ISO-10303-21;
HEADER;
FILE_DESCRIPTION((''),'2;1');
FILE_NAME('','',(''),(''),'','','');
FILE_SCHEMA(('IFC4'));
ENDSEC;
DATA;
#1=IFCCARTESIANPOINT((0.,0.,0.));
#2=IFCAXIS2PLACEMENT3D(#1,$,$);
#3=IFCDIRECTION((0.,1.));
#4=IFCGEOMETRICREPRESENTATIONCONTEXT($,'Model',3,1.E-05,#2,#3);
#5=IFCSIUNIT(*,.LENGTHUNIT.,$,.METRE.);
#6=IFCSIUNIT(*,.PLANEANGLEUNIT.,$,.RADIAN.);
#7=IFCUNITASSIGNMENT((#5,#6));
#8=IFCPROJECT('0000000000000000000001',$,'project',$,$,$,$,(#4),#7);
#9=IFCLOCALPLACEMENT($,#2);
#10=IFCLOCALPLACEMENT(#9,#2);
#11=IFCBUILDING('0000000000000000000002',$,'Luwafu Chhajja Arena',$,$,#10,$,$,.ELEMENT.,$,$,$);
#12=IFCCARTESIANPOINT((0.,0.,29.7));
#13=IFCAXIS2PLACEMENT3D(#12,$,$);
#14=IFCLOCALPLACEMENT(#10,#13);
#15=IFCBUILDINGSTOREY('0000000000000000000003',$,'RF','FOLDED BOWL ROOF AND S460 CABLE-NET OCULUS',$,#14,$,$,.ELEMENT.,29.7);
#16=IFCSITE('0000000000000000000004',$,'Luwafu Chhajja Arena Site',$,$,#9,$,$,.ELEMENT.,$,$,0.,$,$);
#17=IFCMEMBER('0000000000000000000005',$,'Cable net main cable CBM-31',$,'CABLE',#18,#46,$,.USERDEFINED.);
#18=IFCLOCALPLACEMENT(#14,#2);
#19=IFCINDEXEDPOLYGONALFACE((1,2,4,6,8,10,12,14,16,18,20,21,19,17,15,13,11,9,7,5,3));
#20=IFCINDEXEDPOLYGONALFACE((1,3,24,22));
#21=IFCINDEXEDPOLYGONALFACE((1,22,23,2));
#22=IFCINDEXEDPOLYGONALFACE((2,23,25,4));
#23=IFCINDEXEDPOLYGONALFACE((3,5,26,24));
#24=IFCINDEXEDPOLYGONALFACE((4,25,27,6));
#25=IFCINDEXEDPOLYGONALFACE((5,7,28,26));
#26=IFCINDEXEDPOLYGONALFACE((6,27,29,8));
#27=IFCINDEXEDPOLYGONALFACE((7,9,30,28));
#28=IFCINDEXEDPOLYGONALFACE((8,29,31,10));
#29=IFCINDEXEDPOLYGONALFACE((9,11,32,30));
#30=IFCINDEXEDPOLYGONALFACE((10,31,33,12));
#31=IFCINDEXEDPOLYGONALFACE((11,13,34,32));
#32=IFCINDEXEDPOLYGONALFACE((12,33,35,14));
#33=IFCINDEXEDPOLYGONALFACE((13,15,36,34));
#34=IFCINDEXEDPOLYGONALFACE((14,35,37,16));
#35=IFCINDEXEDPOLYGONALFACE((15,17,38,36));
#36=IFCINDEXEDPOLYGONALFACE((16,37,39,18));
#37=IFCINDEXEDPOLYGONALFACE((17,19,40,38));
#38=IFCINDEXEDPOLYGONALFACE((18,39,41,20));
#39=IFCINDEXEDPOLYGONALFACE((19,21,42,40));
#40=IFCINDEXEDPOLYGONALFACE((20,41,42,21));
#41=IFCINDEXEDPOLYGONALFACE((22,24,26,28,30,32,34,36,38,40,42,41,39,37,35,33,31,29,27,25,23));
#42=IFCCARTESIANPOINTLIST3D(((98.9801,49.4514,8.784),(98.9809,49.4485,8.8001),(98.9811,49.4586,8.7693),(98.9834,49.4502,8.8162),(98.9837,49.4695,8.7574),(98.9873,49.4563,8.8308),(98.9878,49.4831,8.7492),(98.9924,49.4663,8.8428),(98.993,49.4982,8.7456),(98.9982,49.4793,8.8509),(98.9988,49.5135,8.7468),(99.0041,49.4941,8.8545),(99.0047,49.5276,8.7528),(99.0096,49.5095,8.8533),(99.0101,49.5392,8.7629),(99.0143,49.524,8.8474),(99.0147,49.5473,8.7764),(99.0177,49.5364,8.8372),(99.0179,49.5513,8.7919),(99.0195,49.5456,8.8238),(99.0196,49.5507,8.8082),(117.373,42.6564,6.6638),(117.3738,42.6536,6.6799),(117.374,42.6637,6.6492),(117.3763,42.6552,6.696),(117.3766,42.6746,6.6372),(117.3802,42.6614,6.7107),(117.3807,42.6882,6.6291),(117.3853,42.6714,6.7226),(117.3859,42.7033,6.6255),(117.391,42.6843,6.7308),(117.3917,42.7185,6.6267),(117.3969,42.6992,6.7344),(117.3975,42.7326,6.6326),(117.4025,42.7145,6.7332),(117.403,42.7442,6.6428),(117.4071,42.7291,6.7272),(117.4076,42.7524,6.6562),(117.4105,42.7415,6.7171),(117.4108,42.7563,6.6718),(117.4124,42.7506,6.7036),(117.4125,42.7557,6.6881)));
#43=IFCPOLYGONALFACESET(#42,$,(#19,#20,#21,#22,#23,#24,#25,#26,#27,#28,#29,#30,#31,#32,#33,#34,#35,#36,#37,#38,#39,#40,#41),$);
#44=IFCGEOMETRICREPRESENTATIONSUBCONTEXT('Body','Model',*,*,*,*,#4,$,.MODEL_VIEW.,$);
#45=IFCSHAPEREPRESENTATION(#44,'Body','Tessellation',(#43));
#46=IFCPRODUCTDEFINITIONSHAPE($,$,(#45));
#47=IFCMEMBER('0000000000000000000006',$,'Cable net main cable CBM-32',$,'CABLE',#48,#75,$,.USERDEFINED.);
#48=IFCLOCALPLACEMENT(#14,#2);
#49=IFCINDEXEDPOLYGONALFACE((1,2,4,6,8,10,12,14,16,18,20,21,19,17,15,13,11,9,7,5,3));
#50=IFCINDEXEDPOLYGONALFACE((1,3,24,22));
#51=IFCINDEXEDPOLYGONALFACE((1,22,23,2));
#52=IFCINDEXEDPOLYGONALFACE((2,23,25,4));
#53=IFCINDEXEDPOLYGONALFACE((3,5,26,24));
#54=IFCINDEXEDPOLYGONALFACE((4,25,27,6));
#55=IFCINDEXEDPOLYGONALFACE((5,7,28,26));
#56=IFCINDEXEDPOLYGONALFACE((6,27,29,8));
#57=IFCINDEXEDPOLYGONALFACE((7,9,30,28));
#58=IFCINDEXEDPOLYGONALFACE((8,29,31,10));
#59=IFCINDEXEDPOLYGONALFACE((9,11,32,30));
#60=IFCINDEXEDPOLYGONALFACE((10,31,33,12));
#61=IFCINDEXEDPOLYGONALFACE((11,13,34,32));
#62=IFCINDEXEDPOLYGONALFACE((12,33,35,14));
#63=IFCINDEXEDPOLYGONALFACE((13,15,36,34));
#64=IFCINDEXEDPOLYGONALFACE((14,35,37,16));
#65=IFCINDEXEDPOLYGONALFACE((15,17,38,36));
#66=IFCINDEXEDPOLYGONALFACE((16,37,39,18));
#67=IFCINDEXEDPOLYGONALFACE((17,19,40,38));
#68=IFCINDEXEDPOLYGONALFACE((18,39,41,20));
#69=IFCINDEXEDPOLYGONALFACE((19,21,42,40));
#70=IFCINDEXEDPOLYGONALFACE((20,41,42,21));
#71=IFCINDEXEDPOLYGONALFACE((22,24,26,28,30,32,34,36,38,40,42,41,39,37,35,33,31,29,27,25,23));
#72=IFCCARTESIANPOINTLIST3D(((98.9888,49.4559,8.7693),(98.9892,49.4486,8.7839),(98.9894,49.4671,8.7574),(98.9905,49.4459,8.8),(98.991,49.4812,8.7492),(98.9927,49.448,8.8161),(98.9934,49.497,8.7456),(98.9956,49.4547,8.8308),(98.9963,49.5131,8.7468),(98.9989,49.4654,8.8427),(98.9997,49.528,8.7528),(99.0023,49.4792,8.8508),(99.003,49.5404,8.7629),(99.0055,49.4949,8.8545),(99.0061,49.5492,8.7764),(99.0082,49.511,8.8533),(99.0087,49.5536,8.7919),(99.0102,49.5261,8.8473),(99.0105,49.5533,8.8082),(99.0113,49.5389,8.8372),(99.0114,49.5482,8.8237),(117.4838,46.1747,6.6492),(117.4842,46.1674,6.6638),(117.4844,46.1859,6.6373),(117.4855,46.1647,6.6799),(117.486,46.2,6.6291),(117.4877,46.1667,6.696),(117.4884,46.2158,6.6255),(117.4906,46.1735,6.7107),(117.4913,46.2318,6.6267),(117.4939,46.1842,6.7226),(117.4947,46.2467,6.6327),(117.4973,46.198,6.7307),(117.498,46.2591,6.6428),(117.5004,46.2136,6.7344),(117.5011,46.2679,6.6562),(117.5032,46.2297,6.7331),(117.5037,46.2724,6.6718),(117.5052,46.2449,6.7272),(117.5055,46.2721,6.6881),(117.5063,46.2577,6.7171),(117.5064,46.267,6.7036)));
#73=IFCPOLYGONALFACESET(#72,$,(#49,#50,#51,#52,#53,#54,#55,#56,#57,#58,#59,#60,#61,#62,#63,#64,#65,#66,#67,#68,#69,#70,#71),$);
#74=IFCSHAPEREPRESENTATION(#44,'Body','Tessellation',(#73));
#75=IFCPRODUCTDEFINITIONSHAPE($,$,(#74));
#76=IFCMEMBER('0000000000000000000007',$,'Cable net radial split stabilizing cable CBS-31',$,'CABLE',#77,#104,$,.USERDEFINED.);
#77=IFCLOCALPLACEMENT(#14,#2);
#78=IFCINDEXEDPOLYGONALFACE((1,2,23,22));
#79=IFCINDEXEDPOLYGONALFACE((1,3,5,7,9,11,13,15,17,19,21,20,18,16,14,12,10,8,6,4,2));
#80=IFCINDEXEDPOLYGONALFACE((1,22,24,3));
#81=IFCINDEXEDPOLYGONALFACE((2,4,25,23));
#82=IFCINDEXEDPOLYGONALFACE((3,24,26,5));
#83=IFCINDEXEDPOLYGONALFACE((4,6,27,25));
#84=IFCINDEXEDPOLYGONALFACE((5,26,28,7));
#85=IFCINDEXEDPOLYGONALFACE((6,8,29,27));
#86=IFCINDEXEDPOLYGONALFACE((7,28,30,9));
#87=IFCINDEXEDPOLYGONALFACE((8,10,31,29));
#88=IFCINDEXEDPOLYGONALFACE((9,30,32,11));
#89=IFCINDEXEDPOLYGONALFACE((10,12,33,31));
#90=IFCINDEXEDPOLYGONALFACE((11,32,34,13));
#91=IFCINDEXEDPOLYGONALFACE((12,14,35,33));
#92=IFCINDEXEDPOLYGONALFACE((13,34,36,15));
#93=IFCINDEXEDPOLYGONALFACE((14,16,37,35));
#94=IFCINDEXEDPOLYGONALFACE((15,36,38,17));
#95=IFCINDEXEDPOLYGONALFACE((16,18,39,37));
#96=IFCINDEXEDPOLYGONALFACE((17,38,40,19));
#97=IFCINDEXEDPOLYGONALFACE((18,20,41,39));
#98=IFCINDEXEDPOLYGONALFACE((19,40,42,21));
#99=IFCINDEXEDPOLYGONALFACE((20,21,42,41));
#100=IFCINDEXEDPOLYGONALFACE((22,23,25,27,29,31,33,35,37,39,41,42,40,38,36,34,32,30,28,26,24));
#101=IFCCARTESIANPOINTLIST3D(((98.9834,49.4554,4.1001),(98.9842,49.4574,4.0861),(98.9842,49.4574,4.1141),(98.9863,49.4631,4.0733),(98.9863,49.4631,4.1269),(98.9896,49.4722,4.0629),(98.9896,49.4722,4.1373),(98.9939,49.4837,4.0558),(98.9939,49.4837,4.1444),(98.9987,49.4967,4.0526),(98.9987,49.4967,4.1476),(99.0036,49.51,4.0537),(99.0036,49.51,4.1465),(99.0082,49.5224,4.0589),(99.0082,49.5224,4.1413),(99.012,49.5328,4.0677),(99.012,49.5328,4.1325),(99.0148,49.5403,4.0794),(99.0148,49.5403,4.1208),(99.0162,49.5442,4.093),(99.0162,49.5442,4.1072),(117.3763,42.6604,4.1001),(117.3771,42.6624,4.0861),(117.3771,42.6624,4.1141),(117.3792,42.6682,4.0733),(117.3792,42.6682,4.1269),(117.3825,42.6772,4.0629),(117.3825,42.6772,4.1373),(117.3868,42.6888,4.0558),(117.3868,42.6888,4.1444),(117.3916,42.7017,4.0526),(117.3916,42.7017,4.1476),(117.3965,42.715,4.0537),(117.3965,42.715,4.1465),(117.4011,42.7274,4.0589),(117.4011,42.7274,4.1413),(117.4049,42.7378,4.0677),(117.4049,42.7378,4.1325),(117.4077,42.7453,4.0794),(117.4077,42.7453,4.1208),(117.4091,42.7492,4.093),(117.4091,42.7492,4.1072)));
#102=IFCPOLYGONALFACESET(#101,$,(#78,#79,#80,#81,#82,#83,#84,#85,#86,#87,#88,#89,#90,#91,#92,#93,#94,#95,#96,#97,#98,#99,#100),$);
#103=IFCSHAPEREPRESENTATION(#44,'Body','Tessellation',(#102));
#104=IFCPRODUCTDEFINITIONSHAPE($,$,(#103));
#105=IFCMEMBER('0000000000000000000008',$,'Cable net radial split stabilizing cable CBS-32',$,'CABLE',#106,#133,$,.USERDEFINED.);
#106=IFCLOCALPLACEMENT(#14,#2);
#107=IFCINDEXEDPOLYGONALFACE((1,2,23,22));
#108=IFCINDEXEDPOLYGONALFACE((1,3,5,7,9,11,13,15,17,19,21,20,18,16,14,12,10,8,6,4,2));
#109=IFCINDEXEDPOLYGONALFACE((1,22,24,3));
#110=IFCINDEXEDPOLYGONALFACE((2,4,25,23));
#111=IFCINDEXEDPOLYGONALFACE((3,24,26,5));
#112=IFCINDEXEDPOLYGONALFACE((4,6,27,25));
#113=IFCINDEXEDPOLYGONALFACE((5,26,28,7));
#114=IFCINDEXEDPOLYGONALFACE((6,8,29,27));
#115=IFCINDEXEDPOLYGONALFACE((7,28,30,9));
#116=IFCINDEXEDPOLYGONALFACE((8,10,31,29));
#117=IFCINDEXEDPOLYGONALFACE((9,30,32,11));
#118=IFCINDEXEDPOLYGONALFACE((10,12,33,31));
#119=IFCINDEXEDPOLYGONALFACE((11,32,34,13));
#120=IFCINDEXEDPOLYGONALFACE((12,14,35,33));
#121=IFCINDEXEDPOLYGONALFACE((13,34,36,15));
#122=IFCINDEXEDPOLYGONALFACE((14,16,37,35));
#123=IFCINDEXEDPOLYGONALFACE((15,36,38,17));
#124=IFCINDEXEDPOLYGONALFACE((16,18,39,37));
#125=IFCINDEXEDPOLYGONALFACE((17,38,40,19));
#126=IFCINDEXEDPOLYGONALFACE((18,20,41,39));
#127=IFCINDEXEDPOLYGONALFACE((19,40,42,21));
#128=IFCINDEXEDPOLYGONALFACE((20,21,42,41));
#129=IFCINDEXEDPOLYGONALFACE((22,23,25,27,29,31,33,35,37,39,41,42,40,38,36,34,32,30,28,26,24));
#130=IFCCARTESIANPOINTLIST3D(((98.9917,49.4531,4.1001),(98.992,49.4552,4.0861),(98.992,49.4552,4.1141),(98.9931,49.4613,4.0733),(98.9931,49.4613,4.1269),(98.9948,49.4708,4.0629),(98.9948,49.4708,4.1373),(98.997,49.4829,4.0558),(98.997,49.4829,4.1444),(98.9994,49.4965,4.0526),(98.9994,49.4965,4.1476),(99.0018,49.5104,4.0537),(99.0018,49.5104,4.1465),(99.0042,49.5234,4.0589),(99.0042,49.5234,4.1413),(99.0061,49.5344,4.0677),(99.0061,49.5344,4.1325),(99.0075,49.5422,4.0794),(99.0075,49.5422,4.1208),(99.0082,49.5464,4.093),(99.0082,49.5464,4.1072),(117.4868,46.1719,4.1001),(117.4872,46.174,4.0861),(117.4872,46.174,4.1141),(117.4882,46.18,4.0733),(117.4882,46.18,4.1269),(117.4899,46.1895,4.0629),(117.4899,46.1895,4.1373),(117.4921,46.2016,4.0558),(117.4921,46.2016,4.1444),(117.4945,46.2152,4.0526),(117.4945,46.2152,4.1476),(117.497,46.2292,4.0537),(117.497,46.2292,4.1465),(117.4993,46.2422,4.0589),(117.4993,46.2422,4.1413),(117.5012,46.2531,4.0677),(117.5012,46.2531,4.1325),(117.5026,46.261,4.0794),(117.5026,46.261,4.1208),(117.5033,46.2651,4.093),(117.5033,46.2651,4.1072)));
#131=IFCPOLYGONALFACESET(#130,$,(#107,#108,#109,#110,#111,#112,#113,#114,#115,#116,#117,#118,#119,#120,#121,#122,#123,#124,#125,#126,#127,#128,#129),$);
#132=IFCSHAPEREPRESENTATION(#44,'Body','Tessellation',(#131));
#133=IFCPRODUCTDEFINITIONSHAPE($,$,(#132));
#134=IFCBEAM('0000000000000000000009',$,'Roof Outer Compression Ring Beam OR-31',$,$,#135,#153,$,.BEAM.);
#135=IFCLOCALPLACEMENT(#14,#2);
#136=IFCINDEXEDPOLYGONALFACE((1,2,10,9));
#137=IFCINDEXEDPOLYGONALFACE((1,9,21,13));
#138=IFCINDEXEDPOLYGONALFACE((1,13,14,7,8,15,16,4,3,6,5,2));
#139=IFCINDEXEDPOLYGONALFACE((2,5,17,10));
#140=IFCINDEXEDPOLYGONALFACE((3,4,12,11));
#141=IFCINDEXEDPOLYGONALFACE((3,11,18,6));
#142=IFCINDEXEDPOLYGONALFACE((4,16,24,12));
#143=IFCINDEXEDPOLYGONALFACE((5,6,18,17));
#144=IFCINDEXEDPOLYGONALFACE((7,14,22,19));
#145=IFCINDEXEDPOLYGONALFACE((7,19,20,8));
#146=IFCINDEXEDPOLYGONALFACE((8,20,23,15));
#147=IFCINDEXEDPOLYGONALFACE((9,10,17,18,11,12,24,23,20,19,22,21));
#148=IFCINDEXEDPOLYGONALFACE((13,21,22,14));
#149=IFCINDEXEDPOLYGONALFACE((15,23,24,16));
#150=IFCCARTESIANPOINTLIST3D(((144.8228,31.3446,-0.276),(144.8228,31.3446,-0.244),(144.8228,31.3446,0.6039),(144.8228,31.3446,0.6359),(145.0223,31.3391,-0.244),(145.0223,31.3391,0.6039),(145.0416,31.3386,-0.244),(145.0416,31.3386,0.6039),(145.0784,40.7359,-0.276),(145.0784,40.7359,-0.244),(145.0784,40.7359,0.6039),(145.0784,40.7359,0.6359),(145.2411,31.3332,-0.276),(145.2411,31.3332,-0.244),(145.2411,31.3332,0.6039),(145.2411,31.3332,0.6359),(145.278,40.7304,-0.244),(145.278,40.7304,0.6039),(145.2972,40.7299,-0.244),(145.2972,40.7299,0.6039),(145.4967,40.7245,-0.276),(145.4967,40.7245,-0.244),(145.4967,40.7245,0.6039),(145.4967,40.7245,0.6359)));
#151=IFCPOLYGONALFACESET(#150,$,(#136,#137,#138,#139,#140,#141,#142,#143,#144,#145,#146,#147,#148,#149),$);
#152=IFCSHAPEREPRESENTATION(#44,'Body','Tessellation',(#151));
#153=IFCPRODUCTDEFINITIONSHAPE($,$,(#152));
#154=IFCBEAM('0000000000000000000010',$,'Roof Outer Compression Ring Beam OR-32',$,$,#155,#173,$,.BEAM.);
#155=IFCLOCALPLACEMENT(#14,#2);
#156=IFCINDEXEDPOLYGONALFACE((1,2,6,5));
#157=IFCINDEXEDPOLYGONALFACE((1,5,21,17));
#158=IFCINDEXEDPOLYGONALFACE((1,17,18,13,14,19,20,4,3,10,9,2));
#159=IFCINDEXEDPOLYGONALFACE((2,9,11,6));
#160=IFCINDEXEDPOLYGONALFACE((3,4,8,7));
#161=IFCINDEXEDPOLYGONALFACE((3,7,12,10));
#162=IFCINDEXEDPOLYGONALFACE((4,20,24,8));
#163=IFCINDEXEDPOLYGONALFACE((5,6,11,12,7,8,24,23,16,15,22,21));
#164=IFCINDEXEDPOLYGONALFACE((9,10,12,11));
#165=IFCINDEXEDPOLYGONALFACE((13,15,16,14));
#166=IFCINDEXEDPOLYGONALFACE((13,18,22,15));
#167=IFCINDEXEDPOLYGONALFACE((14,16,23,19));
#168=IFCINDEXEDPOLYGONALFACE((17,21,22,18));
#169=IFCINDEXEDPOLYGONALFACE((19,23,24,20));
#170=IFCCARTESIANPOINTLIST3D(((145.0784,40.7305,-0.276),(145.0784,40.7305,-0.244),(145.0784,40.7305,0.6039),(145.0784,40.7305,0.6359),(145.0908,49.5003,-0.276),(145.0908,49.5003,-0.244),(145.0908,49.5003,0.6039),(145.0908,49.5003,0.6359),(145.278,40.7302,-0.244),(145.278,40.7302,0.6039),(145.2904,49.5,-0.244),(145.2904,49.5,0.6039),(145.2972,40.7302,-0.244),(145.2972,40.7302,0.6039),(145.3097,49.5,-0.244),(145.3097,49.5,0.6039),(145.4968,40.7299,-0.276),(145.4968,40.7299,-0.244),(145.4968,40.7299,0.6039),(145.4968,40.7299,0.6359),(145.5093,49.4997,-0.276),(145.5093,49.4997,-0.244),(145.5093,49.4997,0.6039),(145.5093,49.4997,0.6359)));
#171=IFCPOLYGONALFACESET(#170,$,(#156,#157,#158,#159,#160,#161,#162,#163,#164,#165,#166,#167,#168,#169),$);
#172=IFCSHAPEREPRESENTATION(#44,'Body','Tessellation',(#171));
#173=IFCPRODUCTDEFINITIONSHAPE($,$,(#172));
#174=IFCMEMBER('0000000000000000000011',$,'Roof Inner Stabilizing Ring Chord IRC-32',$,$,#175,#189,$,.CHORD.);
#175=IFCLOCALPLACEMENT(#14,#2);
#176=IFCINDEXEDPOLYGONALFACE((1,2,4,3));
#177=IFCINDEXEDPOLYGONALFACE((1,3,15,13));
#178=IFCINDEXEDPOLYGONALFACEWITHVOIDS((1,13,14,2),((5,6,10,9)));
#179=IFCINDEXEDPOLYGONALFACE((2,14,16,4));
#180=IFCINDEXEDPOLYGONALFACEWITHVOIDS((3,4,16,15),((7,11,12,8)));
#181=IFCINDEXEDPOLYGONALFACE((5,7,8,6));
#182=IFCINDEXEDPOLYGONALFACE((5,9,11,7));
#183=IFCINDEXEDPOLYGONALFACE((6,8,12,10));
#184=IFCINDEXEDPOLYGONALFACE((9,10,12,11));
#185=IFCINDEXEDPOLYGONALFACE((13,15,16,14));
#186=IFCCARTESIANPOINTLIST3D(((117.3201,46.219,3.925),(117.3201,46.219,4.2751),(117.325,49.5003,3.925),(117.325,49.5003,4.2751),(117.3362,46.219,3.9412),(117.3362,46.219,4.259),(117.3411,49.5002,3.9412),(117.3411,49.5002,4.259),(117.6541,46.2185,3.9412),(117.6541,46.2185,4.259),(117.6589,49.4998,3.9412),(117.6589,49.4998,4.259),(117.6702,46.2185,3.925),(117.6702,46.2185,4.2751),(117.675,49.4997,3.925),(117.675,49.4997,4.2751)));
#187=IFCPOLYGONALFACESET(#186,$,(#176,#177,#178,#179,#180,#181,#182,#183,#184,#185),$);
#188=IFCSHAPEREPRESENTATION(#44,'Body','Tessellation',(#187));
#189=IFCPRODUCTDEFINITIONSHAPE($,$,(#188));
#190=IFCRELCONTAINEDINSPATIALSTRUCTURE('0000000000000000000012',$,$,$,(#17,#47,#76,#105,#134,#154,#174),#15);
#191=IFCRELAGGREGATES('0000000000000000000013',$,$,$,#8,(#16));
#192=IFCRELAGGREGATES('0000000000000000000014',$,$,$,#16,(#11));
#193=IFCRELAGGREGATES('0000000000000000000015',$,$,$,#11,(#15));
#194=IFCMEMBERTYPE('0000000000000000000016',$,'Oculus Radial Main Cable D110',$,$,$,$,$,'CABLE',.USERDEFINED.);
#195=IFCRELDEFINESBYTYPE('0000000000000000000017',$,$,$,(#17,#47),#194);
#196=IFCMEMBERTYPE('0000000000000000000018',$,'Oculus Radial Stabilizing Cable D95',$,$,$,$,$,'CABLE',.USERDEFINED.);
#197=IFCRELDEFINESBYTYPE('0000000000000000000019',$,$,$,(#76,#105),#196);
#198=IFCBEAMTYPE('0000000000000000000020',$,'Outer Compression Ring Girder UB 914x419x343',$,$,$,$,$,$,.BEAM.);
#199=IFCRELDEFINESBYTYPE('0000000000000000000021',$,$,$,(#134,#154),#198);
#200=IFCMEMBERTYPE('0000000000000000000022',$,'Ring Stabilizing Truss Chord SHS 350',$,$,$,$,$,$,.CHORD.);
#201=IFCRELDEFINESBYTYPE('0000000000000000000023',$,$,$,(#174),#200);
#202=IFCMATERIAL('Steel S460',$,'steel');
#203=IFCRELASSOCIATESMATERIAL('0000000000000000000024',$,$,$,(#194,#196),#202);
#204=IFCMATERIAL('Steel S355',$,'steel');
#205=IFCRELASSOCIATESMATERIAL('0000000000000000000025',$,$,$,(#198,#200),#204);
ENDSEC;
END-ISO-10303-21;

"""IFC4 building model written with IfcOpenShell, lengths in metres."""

from ifc_helpers import new_model, si_unit, direction, frame, origin, origin_2d, place, context, subcontext, project, spatial, hollow_rectangle, circle, i_section, extrude, material, material_profile, profile_set, type_object, element, save


model = new_model("IFC4")

# Units and contexts
model_context = context("Model", 3, precision=1e-05, world=origin(), true_north=direction((0.0, 1.0)))
body_context = subcontext(model_context, "Body", "Model", "MODEL_VIEW")
ifc_project = project(units=[si_unit("LENGTHUNIT", "METRE"), si_unit("PLANEANGLEUNIT", "RADIAN")], contexts=[model_context])

# Site, building, storey
site_placement = place(None, origin())
site = spatial("IfcSite", under=ifc_project, at=site_placement, Name="Luwafu Chhajja Arena Site", CompositionType="ELEMENT", RefElevation=0.0)
building_placement = place(site_placement, origin())
building = spatial("IfcBuilding", under=site, at=building_placement, Name="Luwafu Chhajja Arena", CompositionType="ELEMENT")
storey_placement = place(building_placement, frame((0.0, 0.0, 29.7)))
storey = spatial("IfcBuildingStorey", under=building, at=storey_placement, Name="RF", Description="FOLDED BOWL ROOF AND S460 CABLE-NET OCULUS", CompositionType="ELEMENT", Elevation=29.7)

# Shared definitions
ifc_material_1 = material(Name="Steel S355", Category="steel")

# Members
ifc_material_2 = material(Name="Steel S460", Category="steel")
ifc_material_profile_1 = material_profile(ifc_material_2, circle(Radius=0.0549, at=origin_2d()), Name="CABLE D110")
ifc_profile_set_1 = profile_set([ifc_material_profile_1], Name="Steel S460")
member_type_1 = type_object("IfcMemberType", Name="Oculus Radial Main Cable D110", ElementType="CABLE", PredefinedType="USERDEFINED", material=ifc_profile_set_1)
member_1_placement = place(storey_placement, frame((117.3928, 42.7051, 6.6799), z_axis=(-0.932599, 0.344533, 0.107499), x_axis=(-0.346541, -0.938035, 0.0)))
element("IfcMember", 1, at=member_1_placement, inside=storey, type_object=member_type_1, Name="Cable net main cable CBM-31", ObjectType="CABLE", PredefinedType="USERDEFINED", context=body_context, shape_type="SweptSolid", body=[
    extrude(circle(Radius=0.0549, at=origin_2d()), origin(), (0.0, 0.0, 1.0), 19.7222),
])
member_2_placement = place(storey_placement, frame((117.4951, 46.2188, 6.6799), z_axis=(-0.978412, 0.173582, 0.112157), x_axis=(-0.174684, -0.984625, 0.0)))
element("IfcMember", 2, at=member_2_placement, inside=storey, type_object=member_type_1, Name="Cable net main cable CBM-32", ObjectType="CABLE", PredefinedType="USERDEFINED", context=body_context, shape_type="SweptSolid", body=[
    extrude(circle(Radius=0.0549, at=origin_2d()), origin(), (0.0, 0.0, 1.0), 18.9031),
])
ifc_material_profile_2 = material_profile(ifc_material_2, circle(Radius=0.0476, at=origin_2d()), Name="CABLE D95")
ifc_profile_set_2 = profile_set([ifc_material_profile_2], Name="Steel S460")
member_type_2 = type_object("IfcMemberType", Name="Oculus Radial Stabilizing Cable D95", ElementType="CABLE", PredefinedType="USERDEFINED", material=ifc_profile_set_2)
member_3_placement = place(storey_placement, frame((117.3928, 42.7051, 4.1001), z_axis=(-0.938035, 0.346541, 0.0), x_axis=(-0.346541, -0.938035, 0.0)))
element("IfcMember", 3, at=member_3_placement, inside=storey, type_object=member_type_2, Name="Cable net radial split stabilizing cable CBS-31", ObjectType="CABLE", PredefinedType="USERDEFINED", context=body_context, shape_type="SweptSolid", body=[
    extrude(circle(Radius=0.0476, at=origin_2d()), origin(), (0.0, 0.0, 1.0), 19.6079),
])
member_4_placement = place(storey_placement, frame((117.4951, 46.2188, 4.1001), z_axis=(-0.984625, 0.174684, 0.0), x_axis=(-0.174684, -0.984625, 0.0)))
element("IfcMember", 4, at=member_4_placement, inside=storey, type_object=member_type_2, Name="Cable net radial split stabilizing cable CBS-32", ObjectType="CABLE", PredefinedType="USERDEFINED", context=body_context, shape_type="SweptSolid", body=[
    extrude(circle(Radius=0.0476, at=origin_2d()), origin(), (0.0, 0.0, 1.0), 18.7839),
])

# Beams
ifc_material_profile_3 = material_profile(ifc_material_1, i_section(OverallWidth=0.4185, OverallDepth=0.9119, WebThickness=0.0193, FlangeThickness=0.032, at=origin_2d()), Name="UB 914x419x343")
ifc_profile_set_3 = profile_set([ifc_material_profile_3], Name="Steel S355")
beam_type_1 = type_object("IfcBeamType", Name="Outer Compression Ring Girder UB 914x419x343", PredefinedType="BEAM", material=ifc_profile_set_3)
beam_1_placement = place(storey_placement, frame((145.032, 31.3389, 0.1799), z_axis=(0.027208, 0.99963, 0.0), x_axis=(-0.99963, 0.027208, 0.0)))
element("IfcBeam", 5, at=beam_1_placement, inside=storey, type_object=beam_type_1, Name="Roof Outer Compression Ring Beam OR-31", PredefinedType="BEAM", context=body_context, shape_type="SweptSolid", body=[
    extrude(i_section(OverallWidth=0.4185, OverallDepth=0.9119, WebThickness=0.0193, FlangeThickness=0.032, at=origin_2d()), origin(), (0.0, 0.0, 1.0), 9.3948),
])
beam_2_placement = place(storey_placement, frame((145.2876, 40.7302, 0.1799), z_axis=(0.00142, 0.999999, 0.0), x_axis=(-0.999999, 0.00142, 0.0)))
element("IfcBeam", 6, at=beam_2_placement, inside=storey, type_object=beam_type_1, Name="Roof Outer Compression Ring Beam OR-32", PredefinedType="BEAM", context=body_context, shape_type="SweptSolid", body=[
    extrude(i_section(OverallWidth=0.4185, OverallDepth=0.9119, WebThickness=0.0193, FlangeThickness=0.032, at=origin_2d()), origin(), (0.0, 0.0, 1.0), 8.7698),
])

# Member
ifc_material_profile_4 = material_profile(ifc_material_1, hollow_rectangle(XDim=0.3501, YDim=0.3501, WallThickness=0.0161, at=origin_2d()), Name="SHS 350x350x16")
ifc_profile_set_4 = profile_set([ifc_material_profile_4], Name="Steel S355")
member_type_3 = type_object("IfcMemberType", Name="Ring Stabilizing Truss Chord SHS 350", PredefinedType="CHORD", material=ifc_profile_set_4)
member_5_placement = place(storey_placement, frame((117.4951, 46.2188, 4.1001), z_axis=(0.001488, 0.999999, 0.0), x_axis=(-0.999999, 0.001488, 0.0)))
element("IfcMember", 7, at=member_5_placement, inside=storey, type_object=member_type_3, Name="Roof Inner Stabilizing Ring Chord IRC-32", PredefinedType="CHORD", context=body_context, shape_type="SweptSolid", body=[
    extrude(hollow_rectangle(XDim=0.3501, YDim=0.3501, WallThickness=0.0161, at=origin_2d()), origin(), (0.0, 0.0, 1.0), 3.2812),
])

save(model, "model.ifc")
